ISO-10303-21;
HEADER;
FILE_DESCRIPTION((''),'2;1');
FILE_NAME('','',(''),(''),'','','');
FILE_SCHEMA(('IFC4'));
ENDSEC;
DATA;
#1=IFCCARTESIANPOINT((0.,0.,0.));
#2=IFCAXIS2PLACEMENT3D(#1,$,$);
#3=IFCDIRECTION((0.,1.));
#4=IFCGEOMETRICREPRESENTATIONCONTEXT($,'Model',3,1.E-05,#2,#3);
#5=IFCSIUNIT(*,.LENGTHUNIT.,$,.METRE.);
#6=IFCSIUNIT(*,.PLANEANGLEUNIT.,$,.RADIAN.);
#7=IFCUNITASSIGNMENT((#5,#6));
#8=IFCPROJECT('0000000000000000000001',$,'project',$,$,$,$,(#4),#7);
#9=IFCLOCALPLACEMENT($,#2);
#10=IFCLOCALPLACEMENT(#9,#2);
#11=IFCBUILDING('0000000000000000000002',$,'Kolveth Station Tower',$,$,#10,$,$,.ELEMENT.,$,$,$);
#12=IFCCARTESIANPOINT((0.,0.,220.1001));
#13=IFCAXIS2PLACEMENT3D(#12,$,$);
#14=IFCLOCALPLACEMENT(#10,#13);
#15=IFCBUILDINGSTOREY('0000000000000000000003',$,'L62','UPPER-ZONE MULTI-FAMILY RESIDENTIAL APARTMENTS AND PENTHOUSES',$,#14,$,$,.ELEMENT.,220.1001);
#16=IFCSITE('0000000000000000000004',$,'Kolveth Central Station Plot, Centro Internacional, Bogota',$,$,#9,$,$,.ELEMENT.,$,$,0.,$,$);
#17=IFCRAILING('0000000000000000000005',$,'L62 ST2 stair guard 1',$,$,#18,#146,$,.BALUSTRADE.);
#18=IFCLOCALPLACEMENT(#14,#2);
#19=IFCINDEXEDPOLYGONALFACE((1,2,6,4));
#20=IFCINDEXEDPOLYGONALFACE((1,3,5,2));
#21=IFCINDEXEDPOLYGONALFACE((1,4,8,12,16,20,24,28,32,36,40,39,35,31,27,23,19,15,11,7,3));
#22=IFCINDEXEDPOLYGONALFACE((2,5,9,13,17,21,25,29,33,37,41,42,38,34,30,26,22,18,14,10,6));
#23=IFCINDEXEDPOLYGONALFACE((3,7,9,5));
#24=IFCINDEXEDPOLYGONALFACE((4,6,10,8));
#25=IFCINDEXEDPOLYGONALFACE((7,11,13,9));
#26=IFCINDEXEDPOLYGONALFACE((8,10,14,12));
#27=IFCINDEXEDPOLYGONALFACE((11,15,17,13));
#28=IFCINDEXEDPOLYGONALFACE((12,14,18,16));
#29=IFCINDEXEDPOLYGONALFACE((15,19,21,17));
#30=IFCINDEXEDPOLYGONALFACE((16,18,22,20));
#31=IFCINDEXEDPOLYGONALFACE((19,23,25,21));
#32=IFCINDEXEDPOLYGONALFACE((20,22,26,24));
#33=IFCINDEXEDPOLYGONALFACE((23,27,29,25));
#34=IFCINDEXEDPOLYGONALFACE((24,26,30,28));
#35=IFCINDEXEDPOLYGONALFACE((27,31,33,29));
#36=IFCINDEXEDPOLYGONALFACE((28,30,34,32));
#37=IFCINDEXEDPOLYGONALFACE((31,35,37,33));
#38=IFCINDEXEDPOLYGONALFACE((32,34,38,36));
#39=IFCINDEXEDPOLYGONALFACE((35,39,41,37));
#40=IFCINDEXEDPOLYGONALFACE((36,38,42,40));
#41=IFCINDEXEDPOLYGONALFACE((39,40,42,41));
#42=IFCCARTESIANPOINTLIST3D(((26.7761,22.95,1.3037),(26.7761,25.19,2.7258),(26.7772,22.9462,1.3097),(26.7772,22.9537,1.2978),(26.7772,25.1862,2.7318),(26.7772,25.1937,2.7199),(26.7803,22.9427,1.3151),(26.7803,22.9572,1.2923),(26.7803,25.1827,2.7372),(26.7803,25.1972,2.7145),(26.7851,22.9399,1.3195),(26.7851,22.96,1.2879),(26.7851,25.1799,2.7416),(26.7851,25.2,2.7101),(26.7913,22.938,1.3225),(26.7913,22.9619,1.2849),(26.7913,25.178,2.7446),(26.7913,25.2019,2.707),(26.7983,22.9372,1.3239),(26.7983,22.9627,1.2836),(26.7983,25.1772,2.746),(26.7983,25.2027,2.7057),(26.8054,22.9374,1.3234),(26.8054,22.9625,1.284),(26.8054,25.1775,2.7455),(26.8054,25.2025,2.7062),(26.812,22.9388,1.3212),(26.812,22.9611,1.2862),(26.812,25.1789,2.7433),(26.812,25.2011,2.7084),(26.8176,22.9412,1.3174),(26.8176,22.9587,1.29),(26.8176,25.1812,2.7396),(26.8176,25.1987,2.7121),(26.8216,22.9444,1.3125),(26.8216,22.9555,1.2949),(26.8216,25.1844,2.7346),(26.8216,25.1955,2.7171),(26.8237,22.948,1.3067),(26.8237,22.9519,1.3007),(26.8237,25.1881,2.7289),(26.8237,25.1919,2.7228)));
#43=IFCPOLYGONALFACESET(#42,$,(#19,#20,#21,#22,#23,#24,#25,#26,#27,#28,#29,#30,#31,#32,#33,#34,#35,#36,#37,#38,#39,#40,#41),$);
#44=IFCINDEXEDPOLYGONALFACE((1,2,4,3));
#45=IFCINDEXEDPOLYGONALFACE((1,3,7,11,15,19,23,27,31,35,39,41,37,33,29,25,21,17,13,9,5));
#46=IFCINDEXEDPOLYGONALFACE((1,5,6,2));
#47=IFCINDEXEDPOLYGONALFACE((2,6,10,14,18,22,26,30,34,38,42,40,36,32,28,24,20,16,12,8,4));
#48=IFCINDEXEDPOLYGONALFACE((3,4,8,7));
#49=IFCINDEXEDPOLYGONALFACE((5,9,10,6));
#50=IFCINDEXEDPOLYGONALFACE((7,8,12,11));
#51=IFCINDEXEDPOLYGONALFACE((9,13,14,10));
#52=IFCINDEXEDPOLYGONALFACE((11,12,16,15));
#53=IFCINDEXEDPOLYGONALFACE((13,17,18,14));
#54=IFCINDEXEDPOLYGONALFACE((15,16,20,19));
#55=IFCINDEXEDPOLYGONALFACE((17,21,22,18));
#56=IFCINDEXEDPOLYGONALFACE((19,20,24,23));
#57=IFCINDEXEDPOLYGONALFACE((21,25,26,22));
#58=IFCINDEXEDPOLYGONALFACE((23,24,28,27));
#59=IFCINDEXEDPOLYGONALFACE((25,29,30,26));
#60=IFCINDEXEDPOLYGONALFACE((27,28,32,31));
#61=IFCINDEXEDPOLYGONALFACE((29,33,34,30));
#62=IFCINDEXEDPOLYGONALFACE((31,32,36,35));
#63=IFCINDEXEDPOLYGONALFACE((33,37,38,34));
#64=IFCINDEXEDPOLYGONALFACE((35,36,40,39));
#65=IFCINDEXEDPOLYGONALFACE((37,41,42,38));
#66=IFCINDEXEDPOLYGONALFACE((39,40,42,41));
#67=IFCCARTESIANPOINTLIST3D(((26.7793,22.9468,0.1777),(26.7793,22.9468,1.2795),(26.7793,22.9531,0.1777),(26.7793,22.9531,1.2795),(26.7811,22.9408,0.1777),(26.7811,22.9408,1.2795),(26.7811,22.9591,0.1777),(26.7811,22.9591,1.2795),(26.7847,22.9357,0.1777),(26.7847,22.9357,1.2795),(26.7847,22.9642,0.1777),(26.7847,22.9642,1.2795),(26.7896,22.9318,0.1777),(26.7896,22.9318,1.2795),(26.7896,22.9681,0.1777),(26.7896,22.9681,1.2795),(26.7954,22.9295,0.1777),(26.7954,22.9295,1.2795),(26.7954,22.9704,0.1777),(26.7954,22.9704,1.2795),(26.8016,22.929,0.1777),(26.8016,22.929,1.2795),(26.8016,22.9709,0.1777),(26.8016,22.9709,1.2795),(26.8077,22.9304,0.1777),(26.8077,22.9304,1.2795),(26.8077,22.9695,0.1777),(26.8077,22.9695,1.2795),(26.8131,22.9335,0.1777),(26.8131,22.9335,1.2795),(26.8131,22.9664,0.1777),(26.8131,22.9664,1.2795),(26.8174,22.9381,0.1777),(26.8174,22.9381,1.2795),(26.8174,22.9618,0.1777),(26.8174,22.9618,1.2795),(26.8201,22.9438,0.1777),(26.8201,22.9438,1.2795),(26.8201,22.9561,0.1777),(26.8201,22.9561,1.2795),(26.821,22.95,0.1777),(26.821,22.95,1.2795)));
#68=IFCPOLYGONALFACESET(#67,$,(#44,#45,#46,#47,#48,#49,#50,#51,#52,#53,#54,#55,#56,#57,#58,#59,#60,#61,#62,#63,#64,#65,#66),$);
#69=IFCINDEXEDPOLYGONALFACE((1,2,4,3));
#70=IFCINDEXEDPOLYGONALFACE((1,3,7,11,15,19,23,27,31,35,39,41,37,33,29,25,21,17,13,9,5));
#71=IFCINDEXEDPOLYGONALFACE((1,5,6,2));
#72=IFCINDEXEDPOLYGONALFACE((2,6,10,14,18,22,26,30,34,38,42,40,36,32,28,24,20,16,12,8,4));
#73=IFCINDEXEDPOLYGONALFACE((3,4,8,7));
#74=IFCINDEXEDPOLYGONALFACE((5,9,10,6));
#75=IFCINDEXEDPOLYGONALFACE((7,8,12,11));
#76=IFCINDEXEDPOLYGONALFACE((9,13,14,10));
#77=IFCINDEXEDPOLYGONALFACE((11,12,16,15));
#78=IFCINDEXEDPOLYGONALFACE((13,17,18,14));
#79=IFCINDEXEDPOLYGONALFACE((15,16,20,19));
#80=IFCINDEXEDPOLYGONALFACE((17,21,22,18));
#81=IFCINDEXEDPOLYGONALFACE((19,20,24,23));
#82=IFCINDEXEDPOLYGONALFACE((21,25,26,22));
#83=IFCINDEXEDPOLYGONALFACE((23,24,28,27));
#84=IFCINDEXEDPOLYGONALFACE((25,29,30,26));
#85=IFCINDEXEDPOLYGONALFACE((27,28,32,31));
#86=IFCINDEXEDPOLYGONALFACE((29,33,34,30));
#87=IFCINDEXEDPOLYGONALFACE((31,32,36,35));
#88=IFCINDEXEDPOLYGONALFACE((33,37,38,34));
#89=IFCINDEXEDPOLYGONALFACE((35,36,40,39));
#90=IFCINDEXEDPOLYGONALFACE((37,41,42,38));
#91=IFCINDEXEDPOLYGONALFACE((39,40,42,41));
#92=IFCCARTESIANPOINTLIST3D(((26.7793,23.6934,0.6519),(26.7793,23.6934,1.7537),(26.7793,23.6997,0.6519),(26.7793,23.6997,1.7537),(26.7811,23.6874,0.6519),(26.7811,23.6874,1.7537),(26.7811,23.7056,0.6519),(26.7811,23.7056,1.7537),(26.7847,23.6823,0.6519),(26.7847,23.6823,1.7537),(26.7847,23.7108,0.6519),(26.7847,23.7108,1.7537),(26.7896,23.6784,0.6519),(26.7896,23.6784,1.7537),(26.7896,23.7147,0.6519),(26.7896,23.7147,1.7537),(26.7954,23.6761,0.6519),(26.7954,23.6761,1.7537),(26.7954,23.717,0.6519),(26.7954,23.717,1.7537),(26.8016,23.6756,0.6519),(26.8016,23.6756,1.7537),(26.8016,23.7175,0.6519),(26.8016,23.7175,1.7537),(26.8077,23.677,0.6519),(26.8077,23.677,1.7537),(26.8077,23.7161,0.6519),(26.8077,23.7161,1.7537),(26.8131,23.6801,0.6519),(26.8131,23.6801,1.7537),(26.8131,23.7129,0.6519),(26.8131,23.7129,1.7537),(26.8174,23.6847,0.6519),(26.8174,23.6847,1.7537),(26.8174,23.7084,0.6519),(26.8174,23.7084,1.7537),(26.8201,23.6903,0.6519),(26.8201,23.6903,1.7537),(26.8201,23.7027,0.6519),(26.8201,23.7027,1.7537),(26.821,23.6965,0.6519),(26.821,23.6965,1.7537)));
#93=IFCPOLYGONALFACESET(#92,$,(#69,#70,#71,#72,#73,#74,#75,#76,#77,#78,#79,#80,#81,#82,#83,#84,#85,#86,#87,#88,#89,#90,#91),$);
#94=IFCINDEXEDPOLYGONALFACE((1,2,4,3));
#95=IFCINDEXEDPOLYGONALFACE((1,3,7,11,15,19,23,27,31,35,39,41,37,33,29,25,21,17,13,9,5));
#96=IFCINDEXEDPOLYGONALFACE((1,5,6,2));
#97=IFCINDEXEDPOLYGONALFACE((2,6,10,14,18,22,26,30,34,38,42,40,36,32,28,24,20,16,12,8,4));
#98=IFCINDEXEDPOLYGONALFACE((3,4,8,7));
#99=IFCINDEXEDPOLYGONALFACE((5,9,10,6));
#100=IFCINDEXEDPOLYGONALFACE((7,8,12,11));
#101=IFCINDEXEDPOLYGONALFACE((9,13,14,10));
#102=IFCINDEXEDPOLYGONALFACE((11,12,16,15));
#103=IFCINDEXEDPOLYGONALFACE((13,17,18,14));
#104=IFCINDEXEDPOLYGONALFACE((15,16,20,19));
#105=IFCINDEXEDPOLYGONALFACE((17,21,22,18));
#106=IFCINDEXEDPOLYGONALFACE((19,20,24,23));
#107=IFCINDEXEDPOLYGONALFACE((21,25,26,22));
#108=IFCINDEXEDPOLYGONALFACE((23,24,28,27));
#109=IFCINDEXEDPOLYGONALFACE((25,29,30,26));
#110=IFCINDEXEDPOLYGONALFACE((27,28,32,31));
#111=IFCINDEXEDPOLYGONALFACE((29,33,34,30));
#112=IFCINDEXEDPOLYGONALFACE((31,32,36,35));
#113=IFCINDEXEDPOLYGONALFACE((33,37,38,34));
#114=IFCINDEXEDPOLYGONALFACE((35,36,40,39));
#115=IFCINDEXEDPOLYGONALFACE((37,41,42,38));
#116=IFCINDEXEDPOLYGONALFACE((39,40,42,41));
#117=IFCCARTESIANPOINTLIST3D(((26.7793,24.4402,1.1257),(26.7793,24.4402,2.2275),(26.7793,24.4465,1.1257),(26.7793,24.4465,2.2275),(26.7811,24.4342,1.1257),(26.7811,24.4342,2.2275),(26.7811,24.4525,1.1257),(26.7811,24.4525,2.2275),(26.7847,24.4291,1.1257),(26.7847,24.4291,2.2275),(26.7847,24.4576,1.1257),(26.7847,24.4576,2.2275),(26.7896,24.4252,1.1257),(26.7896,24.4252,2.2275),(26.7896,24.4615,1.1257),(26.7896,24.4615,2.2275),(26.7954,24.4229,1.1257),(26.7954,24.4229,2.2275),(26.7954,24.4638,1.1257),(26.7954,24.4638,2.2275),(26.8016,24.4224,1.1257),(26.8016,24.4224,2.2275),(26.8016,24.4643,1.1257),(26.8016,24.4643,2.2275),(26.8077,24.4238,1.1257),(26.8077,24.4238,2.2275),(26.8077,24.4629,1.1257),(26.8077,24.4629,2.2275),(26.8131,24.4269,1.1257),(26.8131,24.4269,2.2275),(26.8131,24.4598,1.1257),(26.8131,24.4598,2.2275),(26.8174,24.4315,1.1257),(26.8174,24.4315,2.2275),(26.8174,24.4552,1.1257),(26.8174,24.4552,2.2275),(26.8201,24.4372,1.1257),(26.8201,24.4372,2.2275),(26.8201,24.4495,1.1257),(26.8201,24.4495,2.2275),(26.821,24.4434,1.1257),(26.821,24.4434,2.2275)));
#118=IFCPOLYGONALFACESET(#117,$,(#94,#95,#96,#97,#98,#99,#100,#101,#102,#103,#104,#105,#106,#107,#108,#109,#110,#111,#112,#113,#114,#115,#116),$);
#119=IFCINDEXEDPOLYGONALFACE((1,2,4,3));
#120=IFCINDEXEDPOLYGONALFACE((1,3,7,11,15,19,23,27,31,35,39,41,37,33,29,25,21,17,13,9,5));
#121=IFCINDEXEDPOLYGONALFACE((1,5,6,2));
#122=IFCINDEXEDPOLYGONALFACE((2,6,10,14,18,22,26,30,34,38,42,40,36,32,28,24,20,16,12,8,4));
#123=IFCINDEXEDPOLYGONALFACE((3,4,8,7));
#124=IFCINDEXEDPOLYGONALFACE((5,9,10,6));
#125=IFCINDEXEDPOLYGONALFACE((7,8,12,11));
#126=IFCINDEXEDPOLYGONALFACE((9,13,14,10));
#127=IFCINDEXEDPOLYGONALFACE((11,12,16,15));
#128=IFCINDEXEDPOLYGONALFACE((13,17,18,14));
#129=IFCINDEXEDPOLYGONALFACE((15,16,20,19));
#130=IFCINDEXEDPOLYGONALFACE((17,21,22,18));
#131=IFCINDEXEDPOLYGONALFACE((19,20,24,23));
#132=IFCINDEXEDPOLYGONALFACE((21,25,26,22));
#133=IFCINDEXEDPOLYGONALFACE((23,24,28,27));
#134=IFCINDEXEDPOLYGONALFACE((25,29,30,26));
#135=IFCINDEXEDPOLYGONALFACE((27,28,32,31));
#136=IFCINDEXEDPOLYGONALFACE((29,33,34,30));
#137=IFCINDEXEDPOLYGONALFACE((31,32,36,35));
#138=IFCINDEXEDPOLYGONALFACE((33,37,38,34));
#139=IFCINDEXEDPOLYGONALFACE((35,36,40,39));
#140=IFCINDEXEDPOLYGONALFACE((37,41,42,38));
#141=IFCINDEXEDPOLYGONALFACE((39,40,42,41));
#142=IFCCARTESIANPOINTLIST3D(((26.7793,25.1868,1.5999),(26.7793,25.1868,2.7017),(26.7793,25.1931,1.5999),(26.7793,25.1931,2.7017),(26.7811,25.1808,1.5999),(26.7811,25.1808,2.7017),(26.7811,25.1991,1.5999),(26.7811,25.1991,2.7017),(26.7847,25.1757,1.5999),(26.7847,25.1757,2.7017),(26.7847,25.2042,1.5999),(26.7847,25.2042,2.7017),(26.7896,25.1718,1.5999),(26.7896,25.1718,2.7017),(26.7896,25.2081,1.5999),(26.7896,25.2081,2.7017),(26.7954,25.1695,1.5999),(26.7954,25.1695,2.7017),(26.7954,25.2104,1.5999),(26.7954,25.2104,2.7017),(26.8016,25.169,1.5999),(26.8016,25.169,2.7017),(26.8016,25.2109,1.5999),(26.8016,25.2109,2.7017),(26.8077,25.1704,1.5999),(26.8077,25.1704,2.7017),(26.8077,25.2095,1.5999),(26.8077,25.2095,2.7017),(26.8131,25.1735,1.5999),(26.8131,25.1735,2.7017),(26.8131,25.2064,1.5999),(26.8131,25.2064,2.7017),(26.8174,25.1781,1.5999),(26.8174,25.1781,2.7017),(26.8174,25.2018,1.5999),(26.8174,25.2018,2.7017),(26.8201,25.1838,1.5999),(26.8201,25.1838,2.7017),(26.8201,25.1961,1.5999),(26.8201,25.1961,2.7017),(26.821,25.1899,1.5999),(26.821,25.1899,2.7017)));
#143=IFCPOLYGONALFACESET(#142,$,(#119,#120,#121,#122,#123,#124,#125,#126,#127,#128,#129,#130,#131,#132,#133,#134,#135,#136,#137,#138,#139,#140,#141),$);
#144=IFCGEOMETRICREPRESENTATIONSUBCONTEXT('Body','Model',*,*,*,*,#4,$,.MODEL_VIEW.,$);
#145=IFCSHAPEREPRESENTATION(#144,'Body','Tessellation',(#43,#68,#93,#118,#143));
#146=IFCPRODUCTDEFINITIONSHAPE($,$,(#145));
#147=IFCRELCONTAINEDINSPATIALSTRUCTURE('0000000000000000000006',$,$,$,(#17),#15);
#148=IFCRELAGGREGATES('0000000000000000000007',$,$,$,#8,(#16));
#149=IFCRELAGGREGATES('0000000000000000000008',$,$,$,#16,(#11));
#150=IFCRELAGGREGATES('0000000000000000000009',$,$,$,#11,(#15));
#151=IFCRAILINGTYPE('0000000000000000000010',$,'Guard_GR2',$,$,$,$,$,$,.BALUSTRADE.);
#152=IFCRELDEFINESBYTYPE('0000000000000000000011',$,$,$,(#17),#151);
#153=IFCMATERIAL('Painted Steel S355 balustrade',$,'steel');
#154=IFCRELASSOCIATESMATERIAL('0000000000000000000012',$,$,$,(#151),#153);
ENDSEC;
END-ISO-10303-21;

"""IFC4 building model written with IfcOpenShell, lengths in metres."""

from ifc_helpers import new_model, si_unit, direction, frame, origin, origin_2d, place, context, subcontext, project, spatial, circle, extrude, material, type_object, element, save


model = new_model("IFC4")

# Units and contexts
model_context = context("Model", 3, precision=1e-05, world=origin(), true_north=direction((0.0, 1.0)))
body_context = subcontext(model_context, "Body", "Model", "MODEL_VIEW")
ifc_project = project(units=[si_unit("LENGTHUNIT", "METRE"), si_unit("PLANEANGLEUNIT", "RADIAN")], contexts=[model_context])

# Site, building, storey
site_placement = place(None, origin())
site = spatial("IfcSite", under=ifc_project, at=site_placement, Name="Kolveth Central Station Plot, Centro Internacional, Bogota", CompositionType="ELEMENT", RefElevation=0.0)
building_placement = place(site_placement, origin())
building = spatial("IfcBuilding", under=site, at=building_placement, Name="Kolveth Station Tower", CompositionType="ELEMENT")
storey_placement = place(building_placement, frame((0.0, 0.0, 220.1001)))
storey = spatial("IfcBuildingStorey", under=building, at=storey_placement, Name="L62", Description="UPPER-ZONE MULTI-FAMILY RESIDENTIAL APARTMENTS AND PENTHOUSES", CompositionType="ELEMENT", Elevation=220.1001)

# Railing
ifc_material_1 = material(Name="Painted Steel S355 balustrade", Category="steel")
railing_type_1 = type_object("IfcRailingType", Name="Guard_GR2", PredefinedType="BALUSTRADE", material=ifc_material_1)
for number, where, name in (
    (1, (26.8, 22.95, 0.1777), "L62 ST2 stair guard 1"),
):
    element("IfcRailing", number, at=place(storey_placement, frame(where)), inside=storey, type_object=railing_type_1, Name=name, PredefinedType="BALUSTRADE", context=body_context, shape_type="SweptSolid", body=[
        extrude(circle(Radius=0.0239, at=origin_2d()), frame((0.0, 0.0, 1.126), z_axis=(0.0, 0.844229, 0.535982), x_axis=(-1.0, 0.0, 0.0)), (0.0, 0.0, 1.0), 2.6533),
        extrude(circle(Radius=0.021, at=origin_2d()), origin(), (0.0, 0.0, 1.0), 1.1018),
        extrude(circle(Radius=0.021, at=origin_2d()), frame((0.0, 0.7466, 0.4741)), (0.0, 0.0, 1.0), 1.1018),
        extrude(circle(Radius=0.021, at=origin_2d()), frame((0.0, 1.4934, 0.948)), (0.0, 0.0, 1.0), 1.1018),
        extrude(circle(Radius=0.021, at=origin_2d()), frame((0.0, 2.24, 1.4221)), (0.0, 0.0, 1.0), 1.1018),
    ])

save(model, "model.ifc")
